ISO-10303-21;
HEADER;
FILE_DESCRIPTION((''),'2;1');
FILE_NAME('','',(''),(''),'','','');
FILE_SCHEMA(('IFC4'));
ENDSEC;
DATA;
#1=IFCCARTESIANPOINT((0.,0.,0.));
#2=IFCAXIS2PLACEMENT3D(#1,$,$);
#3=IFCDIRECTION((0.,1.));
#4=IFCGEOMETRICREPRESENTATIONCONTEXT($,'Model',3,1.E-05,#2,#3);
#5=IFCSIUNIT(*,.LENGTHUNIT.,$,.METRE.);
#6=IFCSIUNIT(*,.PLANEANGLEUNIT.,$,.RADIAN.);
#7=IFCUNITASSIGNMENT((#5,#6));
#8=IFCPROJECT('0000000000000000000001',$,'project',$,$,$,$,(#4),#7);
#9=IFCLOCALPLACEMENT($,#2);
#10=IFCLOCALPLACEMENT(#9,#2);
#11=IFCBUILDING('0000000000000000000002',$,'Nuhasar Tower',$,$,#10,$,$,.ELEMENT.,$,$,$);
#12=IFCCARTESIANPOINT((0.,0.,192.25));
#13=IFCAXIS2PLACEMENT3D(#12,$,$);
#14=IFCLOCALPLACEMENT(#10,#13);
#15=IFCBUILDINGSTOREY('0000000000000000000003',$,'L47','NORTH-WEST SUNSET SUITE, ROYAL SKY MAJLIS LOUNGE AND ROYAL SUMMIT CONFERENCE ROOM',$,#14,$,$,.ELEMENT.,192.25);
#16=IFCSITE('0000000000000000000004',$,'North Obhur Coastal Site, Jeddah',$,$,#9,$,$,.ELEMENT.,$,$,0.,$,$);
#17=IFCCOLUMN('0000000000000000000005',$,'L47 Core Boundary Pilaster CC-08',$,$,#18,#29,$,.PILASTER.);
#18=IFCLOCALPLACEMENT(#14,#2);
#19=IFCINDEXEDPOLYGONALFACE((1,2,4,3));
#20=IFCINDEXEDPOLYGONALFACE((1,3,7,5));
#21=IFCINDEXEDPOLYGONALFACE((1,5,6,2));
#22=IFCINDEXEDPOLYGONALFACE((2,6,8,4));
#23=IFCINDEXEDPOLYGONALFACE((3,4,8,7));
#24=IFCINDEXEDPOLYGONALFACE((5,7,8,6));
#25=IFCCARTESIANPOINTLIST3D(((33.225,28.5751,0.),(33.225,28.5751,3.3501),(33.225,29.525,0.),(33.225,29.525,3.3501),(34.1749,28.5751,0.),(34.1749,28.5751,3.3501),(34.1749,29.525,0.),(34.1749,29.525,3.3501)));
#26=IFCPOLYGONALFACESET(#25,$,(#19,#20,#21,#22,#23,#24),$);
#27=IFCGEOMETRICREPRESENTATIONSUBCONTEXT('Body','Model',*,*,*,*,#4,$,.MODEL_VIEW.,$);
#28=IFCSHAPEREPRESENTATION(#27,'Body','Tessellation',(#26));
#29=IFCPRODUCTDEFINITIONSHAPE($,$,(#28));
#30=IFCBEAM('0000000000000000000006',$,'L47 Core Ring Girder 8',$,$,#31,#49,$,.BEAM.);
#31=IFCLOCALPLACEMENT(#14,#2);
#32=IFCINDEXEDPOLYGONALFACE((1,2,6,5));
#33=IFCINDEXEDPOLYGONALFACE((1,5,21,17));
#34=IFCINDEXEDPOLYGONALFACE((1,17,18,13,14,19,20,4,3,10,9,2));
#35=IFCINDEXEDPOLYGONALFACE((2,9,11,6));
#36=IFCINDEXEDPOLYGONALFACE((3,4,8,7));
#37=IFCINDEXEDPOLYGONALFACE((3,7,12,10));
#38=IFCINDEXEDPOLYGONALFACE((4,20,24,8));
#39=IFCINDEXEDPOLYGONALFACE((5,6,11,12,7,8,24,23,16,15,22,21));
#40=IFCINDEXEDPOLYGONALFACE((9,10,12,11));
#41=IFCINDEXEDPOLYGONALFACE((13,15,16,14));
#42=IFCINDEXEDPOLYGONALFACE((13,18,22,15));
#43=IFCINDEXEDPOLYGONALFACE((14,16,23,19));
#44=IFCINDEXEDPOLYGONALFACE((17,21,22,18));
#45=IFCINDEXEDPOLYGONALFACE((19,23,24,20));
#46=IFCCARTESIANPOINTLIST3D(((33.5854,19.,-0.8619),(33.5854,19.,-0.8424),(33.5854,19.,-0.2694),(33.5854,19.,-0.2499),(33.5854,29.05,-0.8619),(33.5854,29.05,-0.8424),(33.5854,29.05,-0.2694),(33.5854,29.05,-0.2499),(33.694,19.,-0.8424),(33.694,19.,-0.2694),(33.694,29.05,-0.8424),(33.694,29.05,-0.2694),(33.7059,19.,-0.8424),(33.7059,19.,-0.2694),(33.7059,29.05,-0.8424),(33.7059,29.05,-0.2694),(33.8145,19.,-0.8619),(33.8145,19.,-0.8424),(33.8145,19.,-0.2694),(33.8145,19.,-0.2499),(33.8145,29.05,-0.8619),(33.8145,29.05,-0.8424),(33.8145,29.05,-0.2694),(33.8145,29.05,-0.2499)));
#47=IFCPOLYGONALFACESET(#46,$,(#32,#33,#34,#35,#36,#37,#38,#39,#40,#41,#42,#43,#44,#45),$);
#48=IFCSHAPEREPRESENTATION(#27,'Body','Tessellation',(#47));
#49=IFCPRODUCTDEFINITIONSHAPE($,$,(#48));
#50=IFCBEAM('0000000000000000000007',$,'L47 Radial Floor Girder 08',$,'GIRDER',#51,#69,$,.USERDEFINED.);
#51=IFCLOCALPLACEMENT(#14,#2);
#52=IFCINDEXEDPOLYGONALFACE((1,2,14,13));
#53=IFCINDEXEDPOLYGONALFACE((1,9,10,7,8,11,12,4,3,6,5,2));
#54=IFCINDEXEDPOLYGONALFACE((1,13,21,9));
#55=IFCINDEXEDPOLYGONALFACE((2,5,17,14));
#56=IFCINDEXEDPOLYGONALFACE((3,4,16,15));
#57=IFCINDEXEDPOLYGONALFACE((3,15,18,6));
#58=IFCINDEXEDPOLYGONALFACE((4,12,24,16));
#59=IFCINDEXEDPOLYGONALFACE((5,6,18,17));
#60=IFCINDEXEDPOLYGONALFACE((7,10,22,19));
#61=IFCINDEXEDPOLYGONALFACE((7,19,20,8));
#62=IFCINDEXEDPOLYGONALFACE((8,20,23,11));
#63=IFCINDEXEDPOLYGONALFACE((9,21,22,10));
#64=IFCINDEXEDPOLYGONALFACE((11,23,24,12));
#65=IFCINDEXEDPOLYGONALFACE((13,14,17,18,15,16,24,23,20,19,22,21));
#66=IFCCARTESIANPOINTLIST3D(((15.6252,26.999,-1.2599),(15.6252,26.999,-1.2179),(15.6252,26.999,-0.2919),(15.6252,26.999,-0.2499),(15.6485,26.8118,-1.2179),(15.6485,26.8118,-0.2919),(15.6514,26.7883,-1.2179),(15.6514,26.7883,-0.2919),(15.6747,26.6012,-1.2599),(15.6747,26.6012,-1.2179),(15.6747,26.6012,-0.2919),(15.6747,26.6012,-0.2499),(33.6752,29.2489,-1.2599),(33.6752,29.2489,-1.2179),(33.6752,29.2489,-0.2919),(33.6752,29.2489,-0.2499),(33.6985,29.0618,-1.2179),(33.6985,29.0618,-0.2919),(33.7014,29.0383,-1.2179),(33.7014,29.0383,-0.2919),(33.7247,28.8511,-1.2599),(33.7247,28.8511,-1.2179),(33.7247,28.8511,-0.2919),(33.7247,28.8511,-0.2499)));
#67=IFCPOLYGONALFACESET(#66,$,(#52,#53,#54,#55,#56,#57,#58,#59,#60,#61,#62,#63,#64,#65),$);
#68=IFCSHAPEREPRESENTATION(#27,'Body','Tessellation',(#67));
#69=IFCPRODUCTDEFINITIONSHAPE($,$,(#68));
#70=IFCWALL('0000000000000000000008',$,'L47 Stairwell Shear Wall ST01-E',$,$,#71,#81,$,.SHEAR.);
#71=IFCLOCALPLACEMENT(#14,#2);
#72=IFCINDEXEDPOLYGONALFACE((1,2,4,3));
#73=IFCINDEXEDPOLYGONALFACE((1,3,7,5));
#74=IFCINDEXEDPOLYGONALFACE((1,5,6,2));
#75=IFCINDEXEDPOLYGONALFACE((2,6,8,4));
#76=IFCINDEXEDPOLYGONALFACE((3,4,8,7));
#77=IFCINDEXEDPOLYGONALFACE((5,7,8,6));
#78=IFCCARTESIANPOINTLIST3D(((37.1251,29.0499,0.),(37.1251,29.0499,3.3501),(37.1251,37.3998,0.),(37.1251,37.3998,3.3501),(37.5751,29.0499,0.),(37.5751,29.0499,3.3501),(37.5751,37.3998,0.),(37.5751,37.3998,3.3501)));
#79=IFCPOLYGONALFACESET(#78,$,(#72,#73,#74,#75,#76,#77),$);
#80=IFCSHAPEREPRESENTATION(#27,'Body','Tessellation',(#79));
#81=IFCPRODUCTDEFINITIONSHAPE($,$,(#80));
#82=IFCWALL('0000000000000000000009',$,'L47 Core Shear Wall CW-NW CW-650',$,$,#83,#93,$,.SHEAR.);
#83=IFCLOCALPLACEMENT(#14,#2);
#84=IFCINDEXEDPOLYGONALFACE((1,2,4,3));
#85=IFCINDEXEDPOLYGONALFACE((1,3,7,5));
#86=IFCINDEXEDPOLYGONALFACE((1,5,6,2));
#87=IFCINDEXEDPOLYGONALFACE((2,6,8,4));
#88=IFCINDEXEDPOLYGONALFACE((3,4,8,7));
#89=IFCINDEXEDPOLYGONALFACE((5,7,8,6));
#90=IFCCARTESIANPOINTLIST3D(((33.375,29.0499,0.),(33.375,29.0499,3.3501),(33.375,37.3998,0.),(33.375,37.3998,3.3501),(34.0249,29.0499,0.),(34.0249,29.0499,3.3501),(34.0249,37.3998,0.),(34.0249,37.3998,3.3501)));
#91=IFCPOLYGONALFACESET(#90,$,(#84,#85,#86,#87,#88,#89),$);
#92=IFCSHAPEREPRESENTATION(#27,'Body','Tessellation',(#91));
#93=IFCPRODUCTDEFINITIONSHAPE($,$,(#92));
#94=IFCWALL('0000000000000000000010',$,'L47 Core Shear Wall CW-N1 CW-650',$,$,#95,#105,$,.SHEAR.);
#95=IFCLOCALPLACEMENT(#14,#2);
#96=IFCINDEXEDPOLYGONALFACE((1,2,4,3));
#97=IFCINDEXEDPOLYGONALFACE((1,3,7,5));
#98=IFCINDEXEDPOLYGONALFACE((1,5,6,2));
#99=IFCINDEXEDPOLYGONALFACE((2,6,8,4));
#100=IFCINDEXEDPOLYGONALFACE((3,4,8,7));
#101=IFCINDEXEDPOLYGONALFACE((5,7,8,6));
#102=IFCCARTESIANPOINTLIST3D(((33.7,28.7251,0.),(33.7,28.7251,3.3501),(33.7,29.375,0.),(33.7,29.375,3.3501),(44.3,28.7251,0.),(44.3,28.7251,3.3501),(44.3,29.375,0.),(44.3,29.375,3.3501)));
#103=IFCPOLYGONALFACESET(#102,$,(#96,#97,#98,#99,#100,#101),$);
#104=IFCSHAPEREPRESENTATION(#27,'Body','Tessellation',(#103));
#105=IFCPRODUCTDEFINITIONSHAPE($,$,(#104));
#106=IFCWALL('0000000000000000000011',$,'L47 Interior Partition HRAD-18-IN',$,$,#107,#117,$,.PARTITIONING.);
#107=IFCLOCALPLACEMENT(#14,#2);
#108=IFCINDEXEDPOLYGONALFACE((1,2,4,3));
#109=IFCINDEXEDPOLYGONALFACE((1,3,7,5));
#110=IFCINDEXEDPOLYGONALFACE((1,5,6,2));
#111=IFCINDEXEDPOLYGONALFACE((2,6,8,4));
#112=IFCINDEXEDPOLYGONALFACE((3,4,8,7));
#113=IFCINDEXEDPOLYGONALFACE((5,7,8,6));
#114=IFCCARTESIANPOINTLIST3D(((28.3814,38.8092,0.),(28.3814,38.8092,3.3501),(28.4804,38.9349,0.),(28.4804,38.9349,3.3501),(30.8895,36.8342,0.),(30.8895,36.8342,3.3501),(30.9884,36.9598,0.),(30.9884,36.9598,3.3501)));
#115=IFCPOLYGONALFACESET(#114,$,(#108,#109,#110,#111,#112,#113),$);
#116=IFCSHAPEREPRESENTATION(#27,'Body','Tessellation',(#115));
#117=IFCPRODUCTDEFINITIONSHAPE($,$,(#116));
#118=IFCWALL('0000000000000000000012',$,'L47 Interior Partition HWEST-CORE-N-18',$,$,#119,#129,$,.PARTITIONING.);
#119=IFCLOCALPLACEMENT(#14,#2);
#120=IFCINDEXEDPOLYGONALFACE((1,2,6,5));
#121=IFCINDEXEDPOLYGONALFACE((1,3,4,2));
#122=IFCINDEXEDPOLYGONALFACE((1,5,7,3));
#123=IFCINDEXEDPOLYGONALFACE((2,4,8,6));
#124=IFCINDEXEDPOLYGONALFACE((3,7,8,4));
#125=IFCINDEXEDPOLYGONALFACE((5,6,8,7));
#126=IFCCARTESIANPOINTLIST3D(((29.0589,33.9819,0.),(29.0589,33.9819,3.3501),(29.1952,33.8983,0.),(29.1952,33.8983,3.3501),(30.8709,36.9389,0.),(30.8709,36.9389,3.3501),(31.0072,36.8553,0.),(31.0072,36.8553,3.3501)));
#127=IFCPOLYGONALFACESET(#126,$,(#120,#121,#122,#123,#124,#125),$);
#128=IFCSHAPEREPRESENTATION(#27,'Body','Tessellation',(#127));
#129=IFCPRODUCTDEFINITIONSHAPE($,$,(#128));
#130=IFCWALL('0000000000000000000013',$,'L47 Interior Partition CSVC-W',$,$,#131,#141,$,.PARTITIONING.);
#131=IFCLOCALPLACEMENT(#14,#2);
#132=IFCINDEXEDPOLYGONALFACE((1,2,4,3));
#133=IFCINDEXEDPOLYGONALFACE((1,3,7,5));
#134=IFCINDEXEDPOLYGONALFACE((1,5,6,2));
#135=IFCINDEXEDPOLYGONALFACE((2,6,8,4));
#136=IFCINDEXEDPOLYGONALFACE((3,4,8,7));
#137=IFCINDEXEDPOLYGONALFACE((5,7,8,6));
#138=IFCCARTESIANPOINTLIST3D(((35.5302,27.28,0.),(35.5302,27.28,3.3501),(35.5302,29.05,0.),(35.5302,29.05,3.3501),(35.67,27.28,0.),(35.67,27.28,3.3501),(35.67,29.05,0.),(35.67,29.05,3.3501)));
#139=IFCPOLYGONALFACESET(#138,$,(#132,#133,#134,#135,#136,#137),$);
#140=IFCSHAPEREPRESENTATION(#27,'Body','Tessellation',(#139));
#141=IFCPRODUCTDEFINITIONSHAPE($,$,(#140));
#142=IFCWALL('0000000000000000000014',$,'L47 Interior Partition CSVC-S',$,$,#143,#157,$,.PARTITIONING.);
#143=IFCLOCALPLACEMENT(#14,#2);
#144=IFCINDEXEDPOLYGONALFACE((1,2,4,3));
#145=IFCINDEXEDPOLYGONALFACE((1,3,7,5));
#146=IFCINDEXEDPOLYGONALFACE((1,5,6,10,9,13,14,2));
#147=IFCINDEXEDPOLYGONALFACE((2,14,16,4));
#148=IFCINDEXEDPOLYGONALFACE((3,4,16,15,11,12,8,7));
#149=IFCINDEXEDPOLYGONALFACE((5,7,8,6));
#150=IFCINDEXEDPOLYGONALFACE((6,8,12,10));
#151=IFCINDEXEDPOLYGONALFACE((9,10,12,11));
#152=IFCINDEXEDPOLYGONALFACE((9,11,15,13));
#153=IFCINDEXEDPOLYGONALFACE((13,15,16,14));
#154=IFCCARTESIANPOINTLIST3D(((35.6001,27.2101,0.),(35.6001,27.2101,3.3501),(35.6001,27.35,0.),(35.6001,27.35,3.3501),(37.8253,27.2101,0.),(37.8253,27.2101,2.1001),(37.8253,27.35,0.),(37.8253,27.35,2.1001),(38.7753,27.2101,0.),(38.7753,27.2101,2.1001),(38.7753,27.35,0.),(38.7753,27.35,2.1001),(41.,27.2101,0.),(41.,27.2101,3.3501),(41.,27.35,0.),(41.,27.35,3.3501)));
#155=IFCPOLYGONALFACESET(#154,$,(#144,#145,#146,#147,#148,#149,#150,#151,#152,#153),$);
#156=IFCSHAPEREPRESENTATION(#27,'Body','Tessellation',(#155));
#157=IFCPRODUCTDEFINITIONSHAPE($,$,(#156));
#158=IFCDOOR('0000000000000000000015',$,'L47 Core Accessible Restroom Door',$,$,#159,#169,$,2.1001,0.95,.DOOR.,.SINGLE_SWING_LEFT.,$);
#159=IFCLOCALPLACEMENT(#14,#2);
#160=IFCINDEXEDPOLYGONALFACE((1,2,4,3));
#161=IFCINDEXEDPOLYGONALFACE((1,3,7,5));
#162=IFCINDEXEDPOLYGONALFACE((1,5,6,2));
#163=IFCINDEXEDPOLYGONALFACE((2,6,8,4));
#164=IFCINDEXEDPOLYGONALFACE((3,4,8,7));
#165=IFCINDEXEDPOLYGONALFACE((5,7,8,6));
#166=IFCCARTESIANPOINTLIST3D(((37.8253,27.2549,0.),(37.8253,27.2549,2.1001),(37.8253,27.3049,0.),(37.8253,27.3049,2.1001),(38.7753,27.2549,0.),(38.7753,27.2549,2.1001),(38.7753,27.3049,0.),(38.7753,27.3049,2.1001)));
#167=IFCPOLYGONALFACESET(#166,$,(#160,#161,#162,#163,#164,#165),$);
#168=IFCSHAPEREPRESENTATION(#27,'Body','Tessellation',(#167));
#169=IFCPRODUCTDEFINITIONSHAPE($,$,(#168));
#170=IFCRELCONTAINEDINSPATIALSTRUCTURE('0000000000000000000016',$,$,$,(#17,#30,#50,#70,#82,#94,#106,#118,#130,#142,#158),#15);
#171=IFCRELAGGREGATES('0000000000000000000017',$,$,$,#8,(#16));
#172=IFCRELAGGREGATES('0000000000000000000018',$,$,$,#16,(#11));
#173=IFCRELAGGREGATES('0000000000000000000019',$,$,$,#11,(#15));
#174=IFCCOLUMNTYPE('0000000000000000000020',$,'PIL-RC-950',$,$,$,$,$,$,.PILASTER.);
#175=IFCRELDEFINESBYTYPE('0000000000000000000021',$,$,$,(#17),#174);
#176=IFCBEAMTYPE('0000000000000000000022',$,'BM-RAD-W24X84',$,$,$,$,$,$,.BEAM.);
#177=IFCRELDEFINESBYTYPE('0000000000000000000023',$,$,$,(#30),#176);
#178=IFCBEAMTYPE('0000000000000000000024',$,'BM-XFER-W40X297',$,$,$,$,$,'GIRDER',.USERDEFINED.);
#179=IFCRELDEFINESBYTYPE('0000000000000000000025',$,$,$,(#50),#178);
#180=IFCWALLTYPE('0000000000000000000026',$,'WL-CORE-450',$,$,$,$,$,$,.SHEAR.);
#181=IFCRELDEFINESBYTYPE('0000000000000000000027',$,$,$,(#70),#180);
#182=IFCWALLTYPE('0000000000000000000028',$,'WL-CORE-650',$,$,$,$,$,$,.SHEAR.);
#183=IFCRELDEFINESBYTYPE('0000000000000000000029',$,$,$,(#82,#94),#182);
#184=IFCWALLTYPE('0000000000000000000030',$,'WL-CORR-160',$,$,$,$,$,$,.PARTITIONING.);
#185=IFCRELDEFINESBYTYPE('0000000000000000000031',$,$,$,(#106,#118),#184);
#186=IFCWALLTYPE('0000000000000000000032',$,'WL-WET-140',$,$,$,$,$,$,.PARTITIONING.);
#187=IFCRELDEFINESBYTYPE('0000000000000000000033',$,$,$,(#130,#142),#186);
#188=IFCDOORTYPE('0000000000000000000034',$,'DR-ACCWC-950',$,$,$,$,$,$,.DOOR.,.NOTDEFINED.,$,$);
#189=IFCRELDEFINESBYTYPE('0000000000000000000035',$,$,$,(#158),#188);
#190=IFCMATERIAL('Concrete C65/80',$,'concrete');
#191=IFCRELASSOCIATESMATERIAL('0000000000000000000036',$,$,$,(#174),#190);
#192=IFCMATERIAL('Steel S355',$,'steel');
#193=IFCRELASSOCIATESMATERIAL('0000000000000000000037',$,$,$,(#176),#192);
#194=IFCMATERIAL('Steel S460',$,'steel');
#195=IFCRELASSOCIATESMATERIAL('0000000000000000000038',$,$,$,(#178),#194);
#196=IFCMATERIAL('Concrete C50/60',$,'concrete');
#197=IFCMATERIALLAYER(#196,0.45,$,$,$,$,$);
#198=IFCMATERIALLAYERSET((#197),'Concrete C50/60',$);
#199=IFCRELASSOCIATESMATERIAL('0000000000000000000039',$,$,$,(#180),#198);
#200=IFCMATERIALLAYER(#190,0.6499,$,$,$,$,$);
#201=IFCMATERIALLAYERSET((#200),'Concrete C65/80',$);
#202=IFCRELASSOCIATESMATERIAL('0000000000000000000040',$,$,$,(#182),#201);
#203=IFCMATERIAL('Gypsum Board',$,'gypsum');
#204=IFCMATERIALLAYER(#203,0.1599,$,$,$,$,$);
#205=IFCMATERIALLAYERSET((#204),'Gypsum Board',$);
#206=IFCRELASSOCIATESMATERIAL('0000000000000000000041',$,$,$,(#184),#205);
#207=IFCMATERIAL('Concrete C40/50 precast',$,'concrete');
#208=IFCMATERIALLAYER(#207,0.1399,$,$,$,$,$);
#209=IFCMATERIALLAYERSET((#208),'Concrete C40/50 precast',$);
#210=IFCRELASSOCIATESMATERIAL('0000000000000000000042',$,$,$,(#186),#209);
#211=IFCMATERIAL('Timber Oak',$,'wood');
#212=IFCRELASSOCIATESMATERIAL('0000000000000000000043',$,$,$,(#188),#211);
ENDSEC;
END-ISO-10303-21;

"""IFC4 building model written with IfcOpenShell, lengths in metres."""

from ifc_helpers import new_model, si_unit, direction, frame, frame_2d, origin, origin_2d, place, context, subcontext, project, spatial, rectangle, i_section, extrude, material, layer, layer_set, material_profile, profile_set, type_object, element, fill, save


model = new_model("IFC4")

# Units and contexts
model_context = context("Model", 3, precision=1e-05, world=origin(), true_north=direction((0.0, 1.0)))
body_context = subcontext(model_context, "Body", "Model", "MODEL_VIEW")
ifc_project = project(units=[si_unit("LENGTHUNIT", "METRE"), si_unit("PLANEANGLEUNIT", "RADIAN")], contexts=[model_context])

# Site, building, storey
site_placement = place(None, origin())
site = spatial("IfcSite", under=ifc_project, at=site_placement, Name="North Obhur Coastal Site, Jeddah", CompositionType="ELEMENT", RefElevation=0.0)
building_placement = place(site_placement, origin())
building = spatial("IfcBuilding", under=site, at=building_placement, Name="Nuhasar Tower", CompositionType="ELEMENT")
storey_placement = place(building_placement, frame((0.0, 0.0, 192.25)))
storey = spatial("IfcBuildingStorey", under=building, at=storey_placement, Name="L47", Description="NORTH-WEST SUNSET SUITE, ROYAL SKY MAJLIS LOUNGE AND ROYAL SUMMIT CONFERENCE ROOM", CompositionType="ELEMENT", Elevation=192.25)

# Column
ifc_material_1 = material(Name="Concrete C65/80", Category="concrete")
ifc_material_profile_1 = material_profile(ifc_material_1, rectangle(XDim=0.95, YDim=0.95, at=origin_2d()), Name="RC950X950")
ifc_profile_set_1 = profile_set([ifc_material_profile_1], Name="Concrete C65/80")
column_type = type_object("IfcColumnType", Name="PIL-RC-950", PredefinedType="PILASTER", material=ifc_profile_set_1)
column_placement = place(storey_placement, frame((33.7, 29.05, 0.0), z_axis=(0.0, 0.0, 1.0), x_axis=(1.0, 0.0, 0.0)))
element("IfcColumn", 1, at=column_placement, inside=storey, type_object=column_type, Name="L47 Core Boundary Pilaster CC-08", PredefinedType="PILASTER", context=body_context, shape_type="SweptSolid", body=[
    extrude(rectangle(XDim=0.95, YDim=0.95, at=origin_2d()), origin(), (0.0, 0.0, 1.0), 3.3501),
])

# Beams
ifc_material_2 = material(Name="Steel S355", Category="steel")
ifc_material_profile_2 = material_profile(ifc_material_2, i_section(OverallWidth=0.229, OverallDepth=0.6121, WebThickness=0.012, FlangeThickness=0.0195, at=origin_2d()), Name="W24X84")
ifc_profile_set_2 = profile_set([ifc_material_profile_2], Name="Steel S355")
beam_type_1 = type_object("IfcBeamType", Name="BM-RAD-W24X84", PredefinedType="BEAM", material=ifc_profile_set_2)
beam_1_placement = place(storey_placement, frame((33.7, 29.05, -0.5559), z_axis=(0.0, -1.0, 0.0), x_axis=(1.0, 0.0, 0.0)))
element("IfcBeam", 2, at=beam_1_placement, inside=storey, type_object=beam_type_1, Name="L47 Core Ring Girder 8", PredefinedType="BEAM", context=body_context, shape_type="SweptSolid", body=[
    extrude(i_section(OverallWidth=0.229, OverallDepth=0.6121, WebThickness=0.012, FlangeThickness=0.0195, at=origin_2d()), origin(), (0.0, 0.0, 1.0), 10.05),
])
ifc_material_3 = material(Name="Steel S460", Category="steel")
ifc_material_profile_3 = material_profile(ifc_material_3, i_section(OverallWidth=0.4009, OverallDepth=1.01, WebThickness=0.0237, FlangeThickness=0.042, at=origin_2d()), Name="W40X297")
ifc_profile_set_3 = profile_set([ifc_material_profile_3], Name="Steel S460")
beam_type_2 = type_object("IfcBeamType", Name="BM-XFER-W40X297", ElementType="GIRDER", PredefinedType="USERDEFINED", material=ifc_profile_set_3)
beam_2_placement = place(storey_placement, frame((33.7, 29.05, -0.7549), z_axis=(-0.99232, -0.123696, 0.0), x_axis=(0.123696, -0.99232, 0.0)))
element("IfcBeam", 3, at=beam_2_placement, inside=storey, type_object=beam_type_2, Name="L47 Radial Floor Girder 08", ObjectType="GIRDER", PredefinedType="USERDEFINED", context=body_context, shape_type="SweptSolid", body=[
    extrude(i_section(OverallWidth=0.4009, OverallDepth=1.01, WebThickness=0.0237, FlangeThickness=0.042, at=origin_2d()), origin(), (0.0, 0.0, 1.0), 18.1897),
])

# Walls
ifc_material_4 = material(Name="Concrete C50/60", Category="concrete")
ifc_layer_1 = layer(ifc_material_4, 0.45)
ifc_layer_set_1 = layer_set([ifc_layer_1], Name="Concrete C50/60")
wall_type_1 = type_object("IfcWallType", Name="WL-CORE-450", PredefinedType="SHEAR", material=ifc_layer_set_1)
wall_1_placement = place(storey_placement, frame((37.3501, 29.05, 0.0), z_axis=(0.0, 0.0, 1.0), x_axis=(0.0, 1.0, 0.0)))
element("IfcWall", 4, at=wall_1_placement, inside=storey, type_object=wall_type_1, Name="L47 Stairwell Shear Wall ST01-E", PredefinedType="SHEAR", context=body_context, shape_type="SweptSolid", body=[
    extrude(rectangle(XDim=8.3499, YDim=0.45, at=frame_2d((4.1748, 0.0))), origin(), (0.0, 0.0, 1.0), 3.3501),
])
ifc_layer_2 = layer(ifc_material_1, 0.6499)
ifc_layer_set_2 = layer_set([ifc_layer_2], Name="Concrete C65/80")
wall_type_2 = type_object("IfcWallType", Name="WL-CORE-650", PredefinedType="SHEAR", material=ifc_layer_set_2)
wall_2_placement = place(storey_placement, frame((33.7, 29.05, 0.0), z_axis=(0.0, 0.0, 1.0), x_axis=(0.0, 1.0, 0.0)))
element("IfcWall", 5, at=wall_2_placement, inside=storey, type_object=wall_type_2, Name="L47 Core Shear Wall CW-NW CW-650", PredefinedType="SHEAR", context=body_context, shape_type="SweptSolid", body=[
    extrude(rectangle(XDim=8.3499, YDim=0.6499, at=frame_2d((4.1748, 0.0))), origin(), (0.0, 0.0, 1.0), 3.3501),
])
wall_3_placement = place(storey_placement, frame((33.7, 29.05, 0.0), z_axis=(0.0, 0.0, 1.0), x_axis=(1.0, 0.0, 0.0)))
element("IfcWall", 6, at=wall_3_placement, inside=storey, type_object=wall_type_2, Name="L47 Core Shear Wall CW-N1 CW-650", PredefinedType="SHEAR", context=body_context, shape_type="SweptSolid", body=[
    extrude(rectangle(XDim=10.6001, YDim=0.6499, at=frame_2d((5.3, 0.0))), origin(), (0.0, 0.0, 1.0), 3.3501),
])
ifc_material_5 = material(Name="Gypsum Board", Category="gypsum")
ifc_layer_3 = layer(ifc_material_5, 0.1599)
ifc_layer_set_3 = layer_set([ifc_layer_3], Name="Gypsum Board")
wall_type_3 = type_object("IfcWallType", Name="WL-CORR-160", PredefinedType="PARTITIONING", material=ifc_layer_set_3)
wall_4_placement = place(storey_placement, frame((30.939, 36.897, 0.0), z_axis=(0.0, 0.0, 1.0), x_axis=(-0.785636, 0.618689, 0.0)))
element("IfcWall", 7, at=wall_4_placement, inside=storey, type_object=wall_type_3, Name="L47 Interior Partition HRAD-18-IN", PredefinedType="PARTITIONING", context=body_context, shape_type="SweptSolid", body=[
    extrude(rectangle(XDim=3.1924, YDim=0.1599, at=frame_2d((1.5962, 0.0))), origin(), (0.0, 0.0, 1.0), 3.3501),
])
wall_5_placement = place(storey_placement, frame((30.939, 36.897, 0.0), z_axis=(0.0, 0.0, 1.0), x_axis=(-0.522486, -0.852648, 0.0)))
element("IfcWall", 8, at=wall_5_placement, inside=storey, type_object=wall_type_3, Name="L47 Interior Partition HWEST-CORE-N-18", PredefinedType="PARTITIONING", context=body_context, shape_type="SweptSolid", body=[
    extrude(rectangle(XDim=3.468, YDim=0.1599, at=frame_2d((1.7339, 0.0))), origin(), (0.0, 0.0, 1.0), 3.3501),
])
ifc_material_6 = material(Name="Concrete C40/50 precast", Category="concrete")
ifc_layer_4 = layer(ifc_material_6, 0.1399)
ifc_layer_set_4 = layer_set([ifc_layer_4], Name="Concrete C40/50 precast")
wall_type_4 = type_object("IfcWallType", Name="WL-WET-140", PredefinedType="PARTITIONING", material=ifc_layer_set_4)
wall_6_placement = place(storey_placement, frame((35.6001, 27.28, 0.0), z_axis=(0.0, 0.0, 1.0), x_axis=(0.0, 1.0, 0.0)))
element("IfcWall", 9, at=wall_6_placement, inside=storey, type_object=wall_type_4, Name="L47 Interior Partition CSVC-W", PredefinedType="PARTITIONING", context=body_context, shape_type="SweptSolid", body=[
    extrude(rectangle(XDim=1.77, YDim=0.1399, at=frame_2d((0.885, 0.0))), origin(), (0.0, 0.0, 1.0), 3.3501),
])

# Wall, opening, door
wall_7_placement = place(storey_placement, frame((35.6001, 27.28, 0.0), z_axis=(0.0, 0.0, 1.0), x_axis=(1.0, 0.0, 0.0)))
wall_7 = element("IfcWall", 10, at=wall_7_placement, inside=storey, type_object=wall_type_4, Name="L47 Interior Partition CSVC-S", PredefinedType="PARTITIONING", context=body_context, shape_type="SweptSolid", body=[
    extrude(rectangle(XDim=5.3999, YDim=0.1399, at=frame_2d((2.7, 0.0))), origin(), (0.0, 0.0, 1.0), 3.3501),
])
opening_1_placement = place(wall_7_placement, frame((2.2251, 0.0, 0.0)))
opening_1 = element("IfcOpeningElement", 11, at=opening_1_placement, cuts=wall_7, PredefinedType="OPENING", context=body_context, shape_type="SweptSolid", body=[
    extrude(rectangle(XDim=0.95, YDim=2.1001, at=frame_2d((0.4751, 1.05))), frame((0.0, 0.0801, 0.0), z_axis=(0.0, -1.0, 0.0), x_axis=(1.0, 0.0, 0.0)), (0.0, 0.0, 1.0), 0.1599),
])
ifc_material_7 = material(Name="Timber Oak", Category="wood")
door_type_1 = type_object("IfcDoorType", Name="DR-ACCWC-950", OperationType="NOTDEFINED", PredefinedType="DOOR", material=ifc_material_7)
door_1_placement = place(opening_1_placement, origin())
door_1 = element("IfcDoor", 12, at=door_1_placement, inside=storey, type_object=door_type_1, Name="L47 Core Accessible Restroom Door", OperationType="SINGLE_SWING_LEFT", OverallHeight=2.1001, OverallWidth=0.95, PredefinedType="DOOR", context=body_context, shape_type="SweptSolid", body=[
    extrude(rectangle(XDim=0.95, YDim=2.1001, at=frame_2d((0.4751, 1.05))), frame((0.0, 0.0249, 0.0), z_axis=(0.0, -1.0, 0.0), x_axis=(1.0, 0.0, 0.0)), (0.0, 0.0, 1.0), 0.05),
])
fill(opening_1, door_1)

save(model, "model.ifc")
